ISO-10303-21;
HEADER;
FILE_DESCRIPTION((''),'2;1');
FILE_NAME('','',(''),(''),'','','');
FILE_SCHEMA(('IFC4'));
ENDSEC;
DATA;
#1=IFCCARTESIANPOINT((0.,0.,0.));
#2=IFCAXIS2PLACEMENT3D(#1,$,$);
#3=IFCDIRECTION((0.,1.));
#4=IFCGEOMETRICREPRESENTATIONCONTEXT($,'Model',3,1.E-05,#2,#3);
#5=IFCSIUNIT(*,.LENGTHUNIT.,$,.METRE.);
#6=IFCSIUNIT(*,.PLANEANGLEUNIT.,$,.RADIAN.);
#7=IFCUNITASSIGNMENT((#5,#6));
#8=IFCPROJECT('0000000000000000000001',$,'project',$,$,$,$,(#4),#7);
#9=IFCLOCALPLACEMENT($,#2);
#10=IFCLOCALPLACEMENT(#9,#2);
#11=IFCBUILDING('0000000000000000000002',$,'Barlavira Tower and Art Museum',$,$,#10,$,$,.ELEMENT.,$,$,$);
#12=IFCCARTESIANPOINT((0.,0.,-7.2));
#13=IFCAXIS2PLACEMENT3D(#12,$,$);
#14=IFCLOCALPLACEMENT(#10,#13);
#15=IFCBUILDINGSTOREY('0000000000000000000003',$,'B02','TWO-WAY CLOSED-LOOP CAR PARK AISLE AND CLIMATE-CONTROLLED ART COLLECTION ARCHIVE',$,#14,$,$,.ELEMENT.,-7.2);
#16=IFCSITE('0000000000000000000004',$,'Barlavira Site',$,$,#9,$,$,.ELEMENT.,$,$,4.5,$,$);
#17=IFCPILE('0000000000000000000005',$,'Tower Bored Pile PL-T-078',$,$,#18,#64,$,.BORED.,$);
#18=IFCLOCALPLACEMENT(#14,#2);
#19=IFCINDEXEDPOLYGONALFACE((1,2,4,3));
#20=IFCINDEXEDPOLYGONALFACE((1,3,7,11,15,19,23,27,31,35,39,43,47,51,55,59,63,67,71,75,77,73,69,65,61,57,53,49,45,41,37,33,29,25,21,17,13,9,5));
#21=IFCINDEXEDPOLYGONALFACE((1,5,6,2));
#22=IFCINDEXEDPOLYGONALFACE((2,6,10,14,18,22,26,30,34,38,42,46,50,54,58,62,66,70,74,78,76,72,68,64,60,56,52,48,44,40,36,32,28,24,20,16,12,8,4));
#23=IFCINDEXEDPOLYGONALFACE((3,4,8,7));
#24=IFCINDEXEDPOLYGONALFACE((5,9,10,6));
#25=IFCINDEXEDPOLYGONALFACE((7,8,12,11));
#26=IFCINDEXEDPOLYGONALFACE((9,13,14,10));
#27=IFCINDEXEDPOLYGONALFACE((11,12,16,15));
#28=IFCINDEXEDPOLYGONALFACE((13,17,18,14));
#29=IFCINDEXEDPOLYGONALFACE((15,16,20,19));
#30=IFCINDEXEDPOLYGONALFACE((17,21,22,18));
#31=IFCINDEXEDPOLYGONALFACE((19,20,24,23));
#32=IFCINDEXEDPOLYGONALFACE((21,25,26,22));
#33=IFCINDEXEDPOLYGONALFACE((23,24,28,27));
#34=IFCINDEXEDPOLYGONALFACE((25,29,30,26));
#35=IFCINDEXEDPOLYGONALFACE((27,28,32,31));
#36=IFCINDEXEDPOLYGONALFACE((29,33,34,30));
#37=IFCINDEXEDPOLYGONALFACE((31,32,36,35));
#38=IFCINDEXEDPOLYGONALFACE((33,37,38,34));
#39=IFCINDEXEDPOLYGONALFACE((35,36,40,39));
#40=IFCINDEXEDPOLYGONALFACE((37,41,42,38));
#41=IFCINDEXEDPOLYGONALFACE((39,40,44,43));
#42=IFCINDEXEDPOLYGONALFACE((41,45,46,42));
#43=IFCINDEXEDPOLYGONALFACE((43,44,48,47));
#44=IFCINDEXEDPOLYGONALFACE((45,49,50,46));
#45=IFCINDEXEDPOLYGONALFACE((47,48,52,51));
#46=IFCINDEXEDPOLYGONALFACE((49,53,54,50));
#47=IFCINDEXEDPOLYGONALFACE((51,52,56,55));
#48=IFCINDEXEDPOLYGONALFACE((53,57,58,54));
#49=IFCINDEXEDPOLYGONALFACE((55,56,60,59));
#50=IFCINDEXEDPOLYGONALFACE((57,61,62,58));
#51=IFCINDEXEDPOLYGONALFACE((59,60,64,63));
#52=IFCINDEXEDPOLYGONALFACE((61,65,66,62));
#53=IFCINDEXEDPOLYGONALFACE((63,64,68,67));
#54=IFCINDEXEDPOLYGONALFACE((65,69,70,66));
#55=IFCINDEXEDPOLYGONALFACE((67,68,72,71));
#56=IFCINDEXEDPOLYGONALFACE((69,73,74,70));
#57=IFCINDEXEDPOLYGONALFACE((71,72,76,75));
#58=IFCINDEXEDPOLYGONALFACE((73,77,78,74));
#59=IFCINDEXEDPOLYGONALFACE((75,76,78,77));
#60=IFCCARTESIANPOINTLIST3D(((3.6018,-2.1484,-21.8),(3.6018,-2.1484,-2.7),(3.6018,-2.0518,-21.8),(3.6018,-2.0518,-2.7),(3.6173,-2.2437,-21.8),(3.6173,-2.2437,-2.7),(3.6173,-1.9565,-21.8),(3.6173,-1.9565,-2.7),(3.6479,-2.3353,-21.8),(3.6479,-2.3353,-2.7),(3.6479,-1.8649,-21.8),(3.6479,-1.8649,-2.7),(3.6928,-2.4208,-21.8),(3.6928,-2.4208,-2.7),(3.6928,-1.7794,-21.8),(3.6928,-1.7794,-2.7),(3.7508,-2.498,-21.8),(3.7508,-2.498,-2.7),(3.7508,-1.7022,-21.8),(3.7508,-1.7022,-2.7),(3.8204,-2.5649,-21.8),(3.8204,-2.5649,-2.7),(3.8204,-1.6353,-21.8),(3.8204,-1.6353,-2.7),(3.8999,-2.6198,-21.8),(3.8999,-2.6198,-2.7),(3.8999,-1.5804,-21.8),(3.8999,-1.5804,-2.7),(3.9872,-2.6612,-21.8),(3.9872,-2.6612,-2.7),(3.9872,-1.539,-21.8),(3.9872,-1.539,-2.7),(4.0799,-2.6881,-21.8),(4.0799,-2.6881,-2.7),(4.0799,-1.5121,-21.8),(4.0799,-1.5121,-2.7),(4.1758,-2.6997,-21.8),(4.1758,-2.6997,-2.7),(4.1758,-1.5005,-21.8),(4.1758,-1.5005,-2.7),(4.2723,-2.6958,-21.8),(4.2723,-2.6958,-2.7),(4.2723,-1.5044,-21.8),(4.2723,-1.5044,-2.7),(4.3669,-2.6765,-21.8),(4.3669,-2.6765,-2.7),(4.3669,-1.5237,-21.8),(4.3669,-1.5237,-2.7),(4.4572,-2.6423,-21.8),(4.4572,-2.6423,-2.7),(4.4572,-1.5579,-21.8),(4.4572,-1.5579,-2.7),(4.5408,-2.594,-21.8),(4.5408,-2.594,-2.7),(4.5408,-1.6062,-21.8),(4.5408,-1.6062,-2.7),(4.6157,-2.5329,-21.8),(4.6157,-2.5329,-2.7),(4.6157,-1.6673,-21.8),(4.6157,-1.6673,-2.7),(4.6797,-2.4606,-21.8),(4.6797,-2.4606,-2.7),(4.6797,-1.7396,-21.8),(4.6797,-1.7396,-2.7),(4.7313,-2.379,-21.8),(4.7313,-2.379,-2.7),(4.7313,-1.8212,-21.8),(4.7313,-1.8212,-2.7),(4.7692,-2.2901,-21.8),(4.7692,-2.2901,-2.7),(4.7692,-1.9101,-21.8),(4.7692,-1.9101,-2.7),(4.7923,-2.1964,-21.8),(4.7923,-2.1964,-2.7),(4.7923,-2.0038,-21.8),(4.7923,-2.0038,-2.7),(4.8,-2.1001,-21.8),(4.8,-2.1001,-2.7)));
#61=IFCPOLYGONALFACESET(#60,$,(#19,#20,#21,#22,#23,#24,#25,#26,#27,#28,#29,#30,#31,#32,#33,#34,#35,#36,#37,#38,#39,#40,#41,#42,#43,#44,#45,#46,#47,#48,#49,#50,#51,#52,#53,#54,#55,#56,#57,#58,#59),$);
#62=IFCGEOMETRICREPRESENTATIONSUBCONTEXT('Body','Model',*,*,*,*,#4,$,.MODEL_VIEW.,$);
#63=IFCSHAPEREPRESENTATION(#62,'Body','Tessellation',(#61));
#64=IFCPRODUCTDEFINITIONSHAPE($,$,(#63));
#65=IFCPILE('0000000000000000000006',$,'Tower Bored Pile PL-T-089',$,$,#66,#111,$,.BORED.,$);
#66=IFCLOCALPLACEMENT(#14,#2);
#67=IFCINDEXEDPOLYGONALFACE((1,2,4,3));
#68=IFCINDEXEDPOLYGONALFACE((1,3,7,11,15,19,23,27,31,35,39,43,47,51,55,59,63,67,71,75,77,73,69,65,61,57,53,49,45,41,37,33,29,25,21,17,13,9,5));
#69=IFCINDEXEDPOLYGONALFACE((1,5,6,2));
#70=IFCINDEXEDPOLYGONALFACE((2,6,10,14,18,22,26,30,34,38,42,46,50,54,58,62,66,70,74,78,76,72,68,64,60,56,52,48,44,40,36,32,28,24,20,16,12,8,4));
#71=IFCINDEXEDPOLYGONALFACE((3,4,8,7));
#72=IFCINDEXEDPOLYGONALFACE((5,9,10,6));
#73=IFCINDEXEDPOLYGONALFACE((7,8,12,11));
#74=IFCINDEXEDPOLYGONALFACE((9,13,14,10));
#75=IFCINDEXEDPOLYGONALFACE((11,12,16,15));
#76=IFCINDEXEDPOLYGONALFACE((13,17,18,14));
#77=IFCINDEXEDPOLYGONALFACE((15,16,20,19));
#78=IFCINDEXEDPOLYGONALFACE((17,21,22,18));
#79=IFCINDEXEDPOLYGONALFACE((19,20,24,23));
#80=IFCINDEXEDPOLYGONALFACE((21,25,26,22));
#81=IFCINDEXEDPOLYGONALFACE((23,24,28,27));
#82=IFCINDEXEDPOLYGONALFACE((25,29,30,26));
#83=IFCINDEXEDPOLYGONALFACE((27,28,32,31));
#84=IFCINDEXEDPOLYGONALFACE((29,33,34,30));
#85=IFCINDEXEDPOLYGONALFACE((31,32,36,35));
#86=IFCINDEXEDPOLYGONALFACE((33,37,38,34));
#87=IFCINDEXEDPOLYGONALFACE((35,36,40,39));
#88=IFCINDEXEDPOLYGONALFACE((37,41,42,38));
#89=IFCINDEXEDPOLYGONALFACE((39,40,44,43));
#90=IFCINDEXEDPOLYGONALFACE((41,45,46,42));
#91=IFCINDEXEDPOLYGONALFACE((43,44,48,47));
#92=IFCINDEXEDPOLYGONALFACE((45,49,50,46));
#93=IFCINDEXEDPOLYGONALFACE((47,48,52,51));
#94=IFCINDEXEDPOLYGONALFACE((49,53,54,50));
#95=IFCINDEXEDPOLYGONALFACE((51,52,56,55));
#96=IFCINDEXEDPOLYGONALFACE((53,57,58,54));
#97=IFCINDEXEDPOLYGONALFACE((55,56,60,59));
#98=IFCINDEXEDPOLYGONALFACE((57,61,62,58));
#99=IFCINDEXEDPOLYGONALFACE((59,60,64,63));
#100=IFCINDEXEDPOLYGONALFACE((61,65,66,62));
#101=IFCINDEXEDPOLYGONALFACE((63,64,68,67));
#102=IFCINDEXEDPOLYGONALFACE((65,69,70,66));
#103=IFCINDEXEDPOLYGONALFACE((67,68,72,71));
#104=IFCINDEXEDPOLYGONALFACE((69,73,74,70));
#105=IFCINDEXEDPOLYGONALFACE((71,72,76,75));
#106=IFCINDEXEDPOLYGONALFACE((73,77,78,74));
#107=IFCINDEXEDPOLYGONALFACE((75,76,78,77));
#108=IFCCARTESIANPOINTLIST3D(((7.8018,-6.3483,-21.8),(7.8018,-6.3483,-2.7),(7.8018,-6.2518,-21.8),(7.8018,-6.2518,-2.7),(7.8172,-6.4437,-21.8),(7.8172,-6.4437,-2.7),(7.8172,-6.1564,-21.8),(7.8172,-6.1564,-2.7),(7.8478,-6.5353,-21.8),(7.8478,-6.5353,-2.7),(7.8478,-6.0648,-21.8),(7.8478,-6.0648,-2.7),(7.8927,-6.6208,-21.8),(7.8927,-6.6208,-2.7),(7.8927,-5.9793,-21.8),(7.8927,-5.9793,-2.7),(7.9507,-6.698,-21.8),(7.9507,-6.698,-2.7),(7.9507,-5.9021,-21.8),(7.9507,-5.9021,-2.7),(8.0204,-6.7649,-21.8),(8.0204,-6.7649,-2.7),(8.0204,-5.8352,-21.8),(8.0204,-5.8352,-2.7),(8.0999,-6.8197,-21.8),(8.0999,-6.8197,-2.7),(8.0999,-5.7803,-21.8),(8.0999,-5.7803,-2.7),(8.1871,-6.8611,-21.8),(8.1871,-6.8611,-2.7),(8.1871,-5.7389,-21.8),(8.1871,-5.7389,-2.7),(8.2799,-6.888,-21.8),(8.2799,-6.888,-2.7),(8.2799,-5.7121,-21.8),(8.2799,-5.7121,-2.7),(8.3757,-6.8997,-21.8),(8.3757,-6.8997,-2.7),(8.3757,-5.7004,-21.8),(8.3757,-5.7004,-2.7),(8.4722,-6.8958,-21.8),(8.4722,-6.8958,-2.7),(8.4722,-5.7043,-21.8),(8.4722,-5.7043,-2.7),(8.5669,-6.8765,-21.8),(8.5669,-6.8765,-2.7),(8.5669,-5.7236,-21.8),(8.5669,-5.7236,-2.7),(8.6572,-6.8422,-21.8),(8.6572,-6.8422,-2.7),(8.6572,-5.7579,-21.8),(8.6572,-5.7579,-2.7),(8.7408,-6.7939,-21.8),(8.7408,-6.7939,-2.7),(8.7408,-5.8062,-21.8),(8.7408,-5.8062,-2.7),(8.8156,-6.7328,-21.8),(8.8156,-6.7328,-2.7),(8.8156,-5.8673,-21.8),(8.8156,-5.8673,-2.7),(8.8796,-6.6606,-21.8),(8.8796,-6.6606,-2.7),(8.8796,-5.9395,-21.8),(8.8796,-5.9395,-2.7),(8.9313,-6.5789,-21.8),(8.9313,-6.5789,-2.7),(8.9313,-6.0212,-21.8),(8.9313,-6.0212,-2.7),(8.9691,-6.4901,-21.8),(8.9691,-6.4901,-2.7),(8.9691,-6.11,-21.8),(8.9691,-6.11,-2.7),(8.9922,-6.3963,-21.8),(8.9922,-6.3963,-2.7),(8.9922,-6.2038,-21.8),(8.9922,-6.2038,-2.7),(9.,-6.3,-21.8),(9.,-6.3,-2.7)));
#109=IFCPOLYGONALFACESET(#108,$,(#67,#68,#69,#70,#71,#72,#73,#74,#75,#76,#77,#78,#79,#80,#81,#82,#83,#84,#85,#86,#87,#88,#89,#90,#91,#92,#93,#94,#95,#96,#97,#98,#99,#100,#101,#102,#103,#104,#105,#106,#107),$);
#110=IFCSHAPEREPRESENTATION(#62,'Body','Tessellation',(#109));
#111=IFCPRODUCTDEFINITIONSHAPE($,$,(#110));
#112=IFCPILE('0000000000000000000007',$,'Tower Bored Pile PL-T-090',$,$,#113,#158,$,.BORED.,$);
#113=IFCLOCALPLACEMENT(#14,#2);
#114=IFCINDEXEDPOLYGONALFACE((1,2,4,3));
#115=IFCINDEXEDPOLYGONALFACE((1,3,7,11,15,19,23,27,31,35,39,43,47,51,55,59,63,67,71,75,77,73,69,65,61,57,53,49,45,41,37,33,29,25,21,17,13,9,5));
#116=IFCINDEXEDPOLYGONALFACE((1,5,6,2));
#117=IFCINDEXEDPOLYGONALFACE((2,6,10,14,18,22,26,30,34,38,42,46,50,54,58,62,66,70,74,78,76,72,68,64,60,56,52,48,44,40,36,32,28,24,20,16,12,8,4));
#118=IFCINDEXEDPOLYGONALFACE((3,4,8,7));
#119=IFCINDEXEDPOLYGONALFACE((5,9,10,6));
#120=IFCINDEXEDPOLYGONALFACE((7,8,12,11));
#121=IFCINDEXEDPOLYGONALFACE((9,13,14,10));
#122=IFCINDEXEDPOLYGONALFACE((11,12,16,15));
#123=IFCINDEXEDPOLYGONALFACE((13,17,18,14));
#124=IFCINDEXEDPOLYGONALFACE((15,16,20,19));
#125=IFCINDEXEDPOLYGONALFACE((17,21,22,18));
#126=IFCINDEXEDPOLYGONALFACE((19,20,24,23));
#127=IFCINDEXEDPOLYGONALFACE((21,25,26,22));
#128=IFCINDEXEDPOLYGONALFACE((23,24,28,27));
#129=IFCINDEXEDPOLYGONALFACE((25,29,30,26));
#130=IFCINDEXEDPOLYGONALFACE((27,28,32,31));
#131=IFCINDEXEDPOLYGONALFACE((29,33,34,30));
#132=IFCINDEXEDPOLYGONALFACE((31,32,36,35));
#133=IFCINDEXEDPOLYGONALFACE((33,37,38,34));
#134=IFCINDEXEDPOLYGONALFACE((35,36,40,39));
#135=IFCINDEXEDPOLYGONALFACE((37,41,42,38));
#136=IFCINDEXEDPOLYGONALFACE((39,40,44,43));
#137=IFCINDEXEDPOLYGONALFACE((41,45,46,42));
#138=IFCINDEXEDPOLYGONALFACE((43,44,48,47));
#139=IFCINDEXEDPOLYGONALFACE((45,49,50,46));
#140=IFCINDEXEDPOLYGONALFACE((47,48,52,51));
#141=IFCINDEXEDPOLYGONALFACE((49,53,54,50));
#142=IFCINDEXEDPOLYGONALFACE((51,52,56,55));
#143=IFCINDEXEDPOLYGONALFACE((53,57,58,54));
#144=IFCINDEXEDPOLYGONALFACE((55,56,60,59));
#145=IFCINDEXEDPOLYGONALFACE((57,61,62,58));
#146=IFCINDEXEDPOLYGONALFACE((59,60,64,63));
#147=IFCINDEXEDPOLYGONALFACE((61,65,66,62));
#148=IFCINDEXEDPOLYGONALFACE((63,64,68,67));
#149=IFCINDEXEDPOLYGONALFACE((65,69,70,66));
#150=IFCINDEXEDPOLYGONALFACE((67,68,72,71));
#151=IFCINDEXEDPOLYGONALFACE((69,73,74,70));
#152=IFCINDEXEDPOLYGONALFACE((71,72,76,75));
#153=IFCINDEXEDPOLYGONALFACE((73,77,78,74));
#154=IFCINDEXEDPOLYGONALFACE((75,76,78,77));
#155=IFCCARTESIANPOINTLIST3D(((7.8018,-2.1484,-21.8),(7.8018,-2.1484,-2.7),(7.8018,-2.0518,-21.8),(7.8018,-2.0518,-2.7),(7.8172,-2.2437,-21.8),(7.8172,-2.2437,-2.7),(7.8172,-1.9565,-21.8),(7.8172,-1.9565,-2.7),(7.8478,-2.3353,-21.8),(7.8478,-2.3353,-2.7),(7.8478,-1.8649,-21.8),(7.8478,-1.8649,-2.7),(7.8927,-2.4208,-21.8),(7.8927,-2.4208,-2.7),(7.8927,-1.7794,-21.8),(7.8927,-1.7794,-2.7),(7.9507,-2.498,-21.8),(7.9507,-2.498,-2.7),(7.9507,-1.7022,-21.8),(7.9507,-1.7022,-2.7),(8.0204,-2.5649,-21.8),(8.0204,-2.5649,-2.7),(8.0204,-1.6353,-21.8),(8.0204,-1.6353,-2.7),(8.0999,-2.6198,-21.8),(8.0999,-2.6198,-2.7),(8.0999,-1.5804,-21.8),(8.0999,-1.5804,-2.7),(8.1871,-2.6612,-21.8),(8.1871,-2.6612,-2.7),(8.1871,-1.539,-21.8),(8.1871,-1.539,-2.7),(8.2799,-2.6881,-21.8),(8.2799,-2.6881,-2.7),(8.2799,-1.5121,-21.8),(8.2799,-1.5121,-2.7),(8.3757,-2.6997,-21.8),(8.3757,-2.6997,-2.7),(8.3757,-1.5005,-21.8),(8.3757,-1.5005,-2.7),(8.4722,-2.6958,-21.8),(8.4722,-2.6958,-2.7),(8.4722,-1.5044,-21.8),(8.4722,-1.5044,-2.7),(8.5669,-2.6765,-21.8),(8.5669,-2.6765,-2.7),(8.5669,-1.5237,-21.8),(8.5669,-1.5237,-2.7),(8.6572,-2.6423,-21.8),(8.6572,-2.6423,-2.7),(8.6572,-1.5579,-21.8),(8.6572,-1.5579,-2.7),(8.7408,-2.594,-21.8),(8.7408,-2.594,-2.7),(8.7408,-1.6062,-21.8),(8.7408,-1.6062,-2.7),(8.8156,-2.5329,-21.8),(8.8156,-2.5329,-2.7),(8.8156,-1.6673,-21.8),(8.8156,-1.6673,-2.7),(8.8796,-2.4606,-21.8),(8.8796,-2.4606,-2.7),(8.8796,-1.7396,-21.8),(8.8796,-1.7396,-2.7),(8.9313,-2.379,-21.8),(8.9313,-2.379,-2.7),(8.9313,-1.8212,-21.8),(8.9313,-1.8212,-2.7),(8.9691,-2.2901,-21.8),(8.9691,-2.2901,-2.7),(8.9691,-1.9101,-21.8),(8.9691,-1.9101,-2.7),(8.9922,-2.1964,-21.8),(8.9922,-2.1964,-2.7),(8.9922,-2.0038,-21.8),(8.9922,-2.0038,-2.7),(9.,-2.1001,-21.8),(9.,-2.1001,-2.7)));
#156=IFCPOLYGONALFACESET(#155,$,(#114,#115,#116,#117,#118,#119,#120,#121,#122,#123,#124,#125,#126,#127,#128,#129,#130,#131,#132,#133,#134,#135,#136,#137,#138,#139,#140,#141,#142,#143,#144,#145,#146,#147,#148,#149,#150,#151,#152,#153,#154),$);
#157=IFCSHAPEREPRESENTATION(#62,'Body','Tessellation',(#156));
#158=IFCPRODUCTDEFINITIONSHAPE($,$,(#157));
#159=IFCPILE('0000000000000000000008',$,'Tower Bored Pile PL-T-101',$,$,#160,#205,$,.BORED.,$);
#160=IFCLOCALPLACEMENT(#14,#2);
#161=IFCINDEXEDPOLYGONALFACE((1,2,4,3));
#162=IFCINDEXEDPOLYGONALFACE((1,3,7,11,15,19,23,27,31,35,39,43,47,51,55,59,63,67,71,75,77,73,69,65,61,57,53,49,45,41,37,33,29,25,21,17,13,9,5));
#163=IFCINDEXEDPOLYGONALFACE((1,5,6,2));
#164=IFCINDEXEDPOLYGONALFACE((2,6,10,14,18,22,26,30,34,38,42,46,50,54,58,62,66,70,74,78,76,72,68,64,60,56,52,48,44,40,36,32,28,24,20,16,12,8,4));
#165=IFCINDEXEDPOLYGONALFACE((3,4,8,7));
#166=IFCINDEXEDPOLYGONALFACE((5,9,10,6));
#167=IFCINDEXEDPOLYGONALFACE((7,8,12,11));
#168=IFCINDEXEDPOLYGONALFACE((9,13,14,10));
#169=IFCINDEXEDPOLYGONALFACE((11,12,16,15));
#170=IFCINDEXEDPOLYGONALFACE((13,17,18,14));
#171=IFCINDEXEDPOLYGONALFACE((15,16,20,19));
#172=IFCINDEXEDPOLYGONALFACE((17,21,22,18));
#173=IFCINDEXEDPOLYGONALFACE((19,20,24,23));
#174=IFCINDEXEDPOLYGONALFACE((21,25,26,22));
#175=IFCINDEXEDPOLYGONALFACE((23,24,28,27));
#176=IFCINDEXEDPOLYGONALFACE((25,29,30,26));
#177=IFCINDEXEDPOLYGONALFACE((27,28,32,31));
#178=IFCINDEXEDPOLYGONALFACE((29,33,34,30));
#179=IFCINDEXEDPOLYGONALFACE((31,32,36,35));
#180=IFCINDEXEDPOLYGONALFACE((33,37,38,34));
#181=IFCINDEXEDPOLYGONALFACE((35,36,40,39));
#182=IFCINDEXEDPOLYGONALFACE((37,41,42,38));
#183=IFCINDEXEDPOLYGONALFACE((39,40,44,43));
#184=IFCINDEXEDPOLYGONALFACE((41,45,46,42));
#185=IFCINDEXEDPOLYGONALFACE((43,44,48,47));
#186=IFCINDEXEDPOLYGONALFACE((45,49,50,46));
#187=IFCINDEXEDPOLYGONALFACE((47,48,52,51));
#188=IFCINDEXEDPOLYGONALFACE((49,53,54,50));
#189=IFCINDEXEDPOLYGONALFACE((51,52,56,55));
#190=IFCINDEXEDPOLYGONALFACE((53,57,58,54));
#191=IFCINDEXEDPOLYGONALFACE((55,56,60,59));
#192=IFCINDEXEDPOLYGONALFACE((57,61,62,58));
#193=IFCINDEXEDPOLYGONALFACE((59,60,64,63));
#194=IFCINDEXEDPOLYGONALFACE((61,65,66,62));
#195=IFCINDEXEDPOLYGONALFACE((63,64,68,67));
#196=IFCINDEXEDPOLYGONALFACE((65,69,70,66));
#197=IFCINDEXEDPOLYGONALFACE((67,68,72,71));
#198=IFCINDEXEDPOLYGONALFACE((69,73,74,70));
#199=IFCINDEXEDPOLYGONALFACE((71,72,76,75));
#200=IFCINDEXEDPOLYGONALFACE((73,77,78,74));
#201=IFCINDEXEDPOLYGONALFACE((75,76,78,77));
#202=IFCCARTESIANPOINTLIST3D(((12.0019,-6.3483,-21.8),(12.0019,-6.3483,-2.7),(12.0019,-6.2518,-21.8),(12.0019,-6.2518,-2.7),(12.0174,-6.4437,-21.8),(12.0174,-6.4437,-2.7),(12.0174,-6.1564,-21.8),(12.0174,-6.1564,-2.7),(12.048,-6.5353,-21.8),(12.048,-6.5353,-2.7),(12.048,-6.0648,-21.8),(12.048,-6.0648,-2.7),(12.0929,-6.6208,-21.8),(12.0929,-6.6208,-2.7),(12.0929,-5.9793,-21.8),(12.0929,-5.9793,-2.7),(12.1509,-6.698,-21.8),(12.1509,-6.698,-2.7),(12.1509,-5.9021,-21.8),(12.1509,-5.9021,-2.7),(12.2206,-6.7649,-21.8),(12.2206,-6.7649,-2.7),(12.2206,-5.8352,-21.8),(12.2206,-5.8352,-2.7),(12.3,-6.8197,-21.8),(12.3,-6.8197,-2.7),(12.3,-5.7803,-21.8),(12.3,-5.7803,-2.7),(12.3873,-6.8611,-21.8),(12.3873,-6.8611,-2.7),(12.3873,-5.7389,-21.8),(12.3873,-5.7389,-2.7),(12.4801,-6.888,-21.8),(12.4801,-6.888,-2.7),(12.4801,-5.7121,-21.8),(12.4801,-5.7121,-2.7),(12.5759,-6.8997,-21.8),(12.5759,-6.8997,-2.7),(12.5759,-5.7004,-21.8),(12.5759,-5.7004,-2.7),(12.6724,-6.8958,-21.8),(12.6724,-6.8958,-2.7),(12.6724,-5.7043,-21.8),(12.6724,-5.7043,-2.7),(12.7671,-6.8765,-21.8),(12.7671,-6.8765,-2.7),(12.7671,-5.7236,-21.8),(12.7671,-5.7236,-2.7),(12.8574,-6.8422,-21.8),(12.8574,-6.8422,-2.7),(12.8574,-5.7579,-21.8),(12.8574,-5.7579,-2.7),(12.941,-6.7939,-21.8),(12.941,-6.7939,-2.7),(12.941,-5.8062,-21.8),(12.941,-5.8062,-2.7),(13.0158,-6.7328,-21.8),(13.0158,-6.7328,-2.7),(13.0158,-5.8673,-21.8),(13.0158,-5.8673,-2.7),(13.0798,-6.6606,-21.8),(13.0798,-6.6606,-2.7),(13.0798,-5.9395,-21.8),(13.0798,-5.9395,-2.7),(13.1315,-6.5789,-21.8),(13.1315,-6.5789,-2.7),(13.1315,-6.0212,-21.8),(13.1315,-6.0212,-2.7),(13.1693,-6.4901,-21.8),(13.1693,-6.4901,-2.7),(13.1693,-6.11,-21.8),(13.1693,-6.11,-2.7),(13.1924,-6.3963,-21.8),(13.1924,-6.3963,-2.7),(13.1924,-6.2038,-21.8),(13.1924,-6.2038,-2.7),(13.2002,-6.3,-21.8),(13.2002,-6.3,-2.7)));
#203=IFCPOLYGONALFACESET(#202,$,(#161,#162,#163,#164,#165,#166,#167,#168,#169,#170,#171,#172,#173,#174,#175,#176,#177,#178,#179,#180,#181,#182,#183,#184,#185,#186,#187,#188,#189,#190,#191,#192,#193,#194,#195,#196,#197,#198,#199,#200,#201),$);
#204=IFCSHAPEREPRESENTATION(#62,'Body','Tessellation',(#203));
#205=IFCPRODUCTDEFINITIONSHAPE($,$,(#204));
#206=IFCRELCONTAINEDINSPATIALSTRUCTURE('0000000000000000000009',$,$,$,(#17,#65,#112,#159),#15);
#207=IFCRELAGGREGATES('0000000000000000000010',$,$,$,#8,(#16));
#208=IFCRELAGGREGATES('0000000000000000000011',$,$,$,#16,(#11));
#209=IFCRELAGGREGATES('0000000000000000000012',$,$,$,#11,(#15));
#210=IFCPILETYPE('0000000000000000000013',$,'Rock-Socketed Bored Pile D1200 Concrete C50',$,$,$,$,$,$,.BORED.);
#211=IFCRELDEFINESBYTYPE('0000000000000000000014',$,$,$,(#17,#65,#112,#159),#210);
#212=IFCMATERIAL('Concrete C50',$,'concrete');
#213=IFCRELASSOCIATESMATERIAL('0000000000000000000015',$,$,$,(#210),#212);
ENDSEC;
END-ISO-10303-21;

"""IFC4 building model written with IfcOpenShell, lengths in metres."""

from ifc_helpers import new_model, si_unit, direction, frame, origin, origin_2d, place, context, subcontext, project, spatial, circle, extrude, material, material_profile, profile_set, type_object, element, save


model = new_model("IFC4")

# Units and contexts
model_context = context("Model", 3, precision=1e-05, world=origin(), true_north=direction((0.0, 1.0)))
body_context = subcontext(model_context, "Body", "Model", "MODEL_VIEW")
ifc_project = project(units=[si_unit("LENGTHUNIT", "METRE"), si_unit("PLANEANGLEUNIT", "RADIAN")], contexts=[model_context])

# Site, building, storey
site_placement = place(None, origin())
site = spatial("IfcSite", under=ifc_project, at=site_placement, Name="Barlavira Site", CompositionType="ELEMENT", RefElevation=4.5)
building_placement = place(site_placement, origin())
building = spatial("IfcBuilding", under=site, at=building_placement, Name="Barlavira Tower and Art Museum", CompositionType="ELEMENT")
storey_placement = place(building_placement, frame((0.0, 0.0, -7.2)))
storey = spatial("IfcBuildingStorey", under=building, at=storey_placement, Name="B02", Description="TWO-WAY CLOSED-LOOP CAR PARK AISLE AND CLIMATE-CONTROLLED ART COLLECTION ARCHIVE", CompositionType="ELEMENT", Elevation=-7.2)

# Piles
ifc_material_1 = material(Name="Concrete C50", Category="concrete")
ifc_material_profile_1 = material_profile(ifc_material_1, circle(Radius=0.6001, at=origin_2d()), Name="BORED PILE D1200")
ifc_profile_set_1 = profile_set([ifc_material_profile_1], Name="Concrete C50")
pile_type = type_object("IfcPileType", Name="Rock-Socketed Bored Pile D1200 Concrete C50", PredefinedType="BORED", material=ifc_profile_set_1)
for number, where, z_axis, x_axis, name in (
    (1, (4.2, -2.1001, -2.7), (0.0, 0.0, -1.0), (1.0, 0.0, 0.0), "Tower Bored Pile PL-T-078"),
    (2, (8.3999, -6.3, -2.7), (0.0, 0.0, -1.0), (1.0, 0.0, 0.0), "Tower Bored Pile PL-T-089"),
    (3, (8.3999, -2.1001, -2.7), (0.0, 0.0, -1.0), (1.0, 0.0, 0.0), "Tower Bored Pile PL-T-090"),
    (4, (12.6001, -6.3, -2.7), (0.0, 0.0, -1.0), (1.0, 0.0, 0.0), "Tower Bored Pile PL-T-101"),
):
    element("IfcPile", number, at=place(storey_placement, frame(where, z_axis=z_axis, x_axis=x_axis)), inside=storey, type_object=pile_type, Name=name, PredefinedType="BORED", context=body_context, shape_type="SweptSolid", body=[
        extrude(circle(Radius=0.6001, at=origin_2d()), origin(), (0.0, 0.0, 1.0), 19.1001),
    ])

save(model, "model.ifc")
